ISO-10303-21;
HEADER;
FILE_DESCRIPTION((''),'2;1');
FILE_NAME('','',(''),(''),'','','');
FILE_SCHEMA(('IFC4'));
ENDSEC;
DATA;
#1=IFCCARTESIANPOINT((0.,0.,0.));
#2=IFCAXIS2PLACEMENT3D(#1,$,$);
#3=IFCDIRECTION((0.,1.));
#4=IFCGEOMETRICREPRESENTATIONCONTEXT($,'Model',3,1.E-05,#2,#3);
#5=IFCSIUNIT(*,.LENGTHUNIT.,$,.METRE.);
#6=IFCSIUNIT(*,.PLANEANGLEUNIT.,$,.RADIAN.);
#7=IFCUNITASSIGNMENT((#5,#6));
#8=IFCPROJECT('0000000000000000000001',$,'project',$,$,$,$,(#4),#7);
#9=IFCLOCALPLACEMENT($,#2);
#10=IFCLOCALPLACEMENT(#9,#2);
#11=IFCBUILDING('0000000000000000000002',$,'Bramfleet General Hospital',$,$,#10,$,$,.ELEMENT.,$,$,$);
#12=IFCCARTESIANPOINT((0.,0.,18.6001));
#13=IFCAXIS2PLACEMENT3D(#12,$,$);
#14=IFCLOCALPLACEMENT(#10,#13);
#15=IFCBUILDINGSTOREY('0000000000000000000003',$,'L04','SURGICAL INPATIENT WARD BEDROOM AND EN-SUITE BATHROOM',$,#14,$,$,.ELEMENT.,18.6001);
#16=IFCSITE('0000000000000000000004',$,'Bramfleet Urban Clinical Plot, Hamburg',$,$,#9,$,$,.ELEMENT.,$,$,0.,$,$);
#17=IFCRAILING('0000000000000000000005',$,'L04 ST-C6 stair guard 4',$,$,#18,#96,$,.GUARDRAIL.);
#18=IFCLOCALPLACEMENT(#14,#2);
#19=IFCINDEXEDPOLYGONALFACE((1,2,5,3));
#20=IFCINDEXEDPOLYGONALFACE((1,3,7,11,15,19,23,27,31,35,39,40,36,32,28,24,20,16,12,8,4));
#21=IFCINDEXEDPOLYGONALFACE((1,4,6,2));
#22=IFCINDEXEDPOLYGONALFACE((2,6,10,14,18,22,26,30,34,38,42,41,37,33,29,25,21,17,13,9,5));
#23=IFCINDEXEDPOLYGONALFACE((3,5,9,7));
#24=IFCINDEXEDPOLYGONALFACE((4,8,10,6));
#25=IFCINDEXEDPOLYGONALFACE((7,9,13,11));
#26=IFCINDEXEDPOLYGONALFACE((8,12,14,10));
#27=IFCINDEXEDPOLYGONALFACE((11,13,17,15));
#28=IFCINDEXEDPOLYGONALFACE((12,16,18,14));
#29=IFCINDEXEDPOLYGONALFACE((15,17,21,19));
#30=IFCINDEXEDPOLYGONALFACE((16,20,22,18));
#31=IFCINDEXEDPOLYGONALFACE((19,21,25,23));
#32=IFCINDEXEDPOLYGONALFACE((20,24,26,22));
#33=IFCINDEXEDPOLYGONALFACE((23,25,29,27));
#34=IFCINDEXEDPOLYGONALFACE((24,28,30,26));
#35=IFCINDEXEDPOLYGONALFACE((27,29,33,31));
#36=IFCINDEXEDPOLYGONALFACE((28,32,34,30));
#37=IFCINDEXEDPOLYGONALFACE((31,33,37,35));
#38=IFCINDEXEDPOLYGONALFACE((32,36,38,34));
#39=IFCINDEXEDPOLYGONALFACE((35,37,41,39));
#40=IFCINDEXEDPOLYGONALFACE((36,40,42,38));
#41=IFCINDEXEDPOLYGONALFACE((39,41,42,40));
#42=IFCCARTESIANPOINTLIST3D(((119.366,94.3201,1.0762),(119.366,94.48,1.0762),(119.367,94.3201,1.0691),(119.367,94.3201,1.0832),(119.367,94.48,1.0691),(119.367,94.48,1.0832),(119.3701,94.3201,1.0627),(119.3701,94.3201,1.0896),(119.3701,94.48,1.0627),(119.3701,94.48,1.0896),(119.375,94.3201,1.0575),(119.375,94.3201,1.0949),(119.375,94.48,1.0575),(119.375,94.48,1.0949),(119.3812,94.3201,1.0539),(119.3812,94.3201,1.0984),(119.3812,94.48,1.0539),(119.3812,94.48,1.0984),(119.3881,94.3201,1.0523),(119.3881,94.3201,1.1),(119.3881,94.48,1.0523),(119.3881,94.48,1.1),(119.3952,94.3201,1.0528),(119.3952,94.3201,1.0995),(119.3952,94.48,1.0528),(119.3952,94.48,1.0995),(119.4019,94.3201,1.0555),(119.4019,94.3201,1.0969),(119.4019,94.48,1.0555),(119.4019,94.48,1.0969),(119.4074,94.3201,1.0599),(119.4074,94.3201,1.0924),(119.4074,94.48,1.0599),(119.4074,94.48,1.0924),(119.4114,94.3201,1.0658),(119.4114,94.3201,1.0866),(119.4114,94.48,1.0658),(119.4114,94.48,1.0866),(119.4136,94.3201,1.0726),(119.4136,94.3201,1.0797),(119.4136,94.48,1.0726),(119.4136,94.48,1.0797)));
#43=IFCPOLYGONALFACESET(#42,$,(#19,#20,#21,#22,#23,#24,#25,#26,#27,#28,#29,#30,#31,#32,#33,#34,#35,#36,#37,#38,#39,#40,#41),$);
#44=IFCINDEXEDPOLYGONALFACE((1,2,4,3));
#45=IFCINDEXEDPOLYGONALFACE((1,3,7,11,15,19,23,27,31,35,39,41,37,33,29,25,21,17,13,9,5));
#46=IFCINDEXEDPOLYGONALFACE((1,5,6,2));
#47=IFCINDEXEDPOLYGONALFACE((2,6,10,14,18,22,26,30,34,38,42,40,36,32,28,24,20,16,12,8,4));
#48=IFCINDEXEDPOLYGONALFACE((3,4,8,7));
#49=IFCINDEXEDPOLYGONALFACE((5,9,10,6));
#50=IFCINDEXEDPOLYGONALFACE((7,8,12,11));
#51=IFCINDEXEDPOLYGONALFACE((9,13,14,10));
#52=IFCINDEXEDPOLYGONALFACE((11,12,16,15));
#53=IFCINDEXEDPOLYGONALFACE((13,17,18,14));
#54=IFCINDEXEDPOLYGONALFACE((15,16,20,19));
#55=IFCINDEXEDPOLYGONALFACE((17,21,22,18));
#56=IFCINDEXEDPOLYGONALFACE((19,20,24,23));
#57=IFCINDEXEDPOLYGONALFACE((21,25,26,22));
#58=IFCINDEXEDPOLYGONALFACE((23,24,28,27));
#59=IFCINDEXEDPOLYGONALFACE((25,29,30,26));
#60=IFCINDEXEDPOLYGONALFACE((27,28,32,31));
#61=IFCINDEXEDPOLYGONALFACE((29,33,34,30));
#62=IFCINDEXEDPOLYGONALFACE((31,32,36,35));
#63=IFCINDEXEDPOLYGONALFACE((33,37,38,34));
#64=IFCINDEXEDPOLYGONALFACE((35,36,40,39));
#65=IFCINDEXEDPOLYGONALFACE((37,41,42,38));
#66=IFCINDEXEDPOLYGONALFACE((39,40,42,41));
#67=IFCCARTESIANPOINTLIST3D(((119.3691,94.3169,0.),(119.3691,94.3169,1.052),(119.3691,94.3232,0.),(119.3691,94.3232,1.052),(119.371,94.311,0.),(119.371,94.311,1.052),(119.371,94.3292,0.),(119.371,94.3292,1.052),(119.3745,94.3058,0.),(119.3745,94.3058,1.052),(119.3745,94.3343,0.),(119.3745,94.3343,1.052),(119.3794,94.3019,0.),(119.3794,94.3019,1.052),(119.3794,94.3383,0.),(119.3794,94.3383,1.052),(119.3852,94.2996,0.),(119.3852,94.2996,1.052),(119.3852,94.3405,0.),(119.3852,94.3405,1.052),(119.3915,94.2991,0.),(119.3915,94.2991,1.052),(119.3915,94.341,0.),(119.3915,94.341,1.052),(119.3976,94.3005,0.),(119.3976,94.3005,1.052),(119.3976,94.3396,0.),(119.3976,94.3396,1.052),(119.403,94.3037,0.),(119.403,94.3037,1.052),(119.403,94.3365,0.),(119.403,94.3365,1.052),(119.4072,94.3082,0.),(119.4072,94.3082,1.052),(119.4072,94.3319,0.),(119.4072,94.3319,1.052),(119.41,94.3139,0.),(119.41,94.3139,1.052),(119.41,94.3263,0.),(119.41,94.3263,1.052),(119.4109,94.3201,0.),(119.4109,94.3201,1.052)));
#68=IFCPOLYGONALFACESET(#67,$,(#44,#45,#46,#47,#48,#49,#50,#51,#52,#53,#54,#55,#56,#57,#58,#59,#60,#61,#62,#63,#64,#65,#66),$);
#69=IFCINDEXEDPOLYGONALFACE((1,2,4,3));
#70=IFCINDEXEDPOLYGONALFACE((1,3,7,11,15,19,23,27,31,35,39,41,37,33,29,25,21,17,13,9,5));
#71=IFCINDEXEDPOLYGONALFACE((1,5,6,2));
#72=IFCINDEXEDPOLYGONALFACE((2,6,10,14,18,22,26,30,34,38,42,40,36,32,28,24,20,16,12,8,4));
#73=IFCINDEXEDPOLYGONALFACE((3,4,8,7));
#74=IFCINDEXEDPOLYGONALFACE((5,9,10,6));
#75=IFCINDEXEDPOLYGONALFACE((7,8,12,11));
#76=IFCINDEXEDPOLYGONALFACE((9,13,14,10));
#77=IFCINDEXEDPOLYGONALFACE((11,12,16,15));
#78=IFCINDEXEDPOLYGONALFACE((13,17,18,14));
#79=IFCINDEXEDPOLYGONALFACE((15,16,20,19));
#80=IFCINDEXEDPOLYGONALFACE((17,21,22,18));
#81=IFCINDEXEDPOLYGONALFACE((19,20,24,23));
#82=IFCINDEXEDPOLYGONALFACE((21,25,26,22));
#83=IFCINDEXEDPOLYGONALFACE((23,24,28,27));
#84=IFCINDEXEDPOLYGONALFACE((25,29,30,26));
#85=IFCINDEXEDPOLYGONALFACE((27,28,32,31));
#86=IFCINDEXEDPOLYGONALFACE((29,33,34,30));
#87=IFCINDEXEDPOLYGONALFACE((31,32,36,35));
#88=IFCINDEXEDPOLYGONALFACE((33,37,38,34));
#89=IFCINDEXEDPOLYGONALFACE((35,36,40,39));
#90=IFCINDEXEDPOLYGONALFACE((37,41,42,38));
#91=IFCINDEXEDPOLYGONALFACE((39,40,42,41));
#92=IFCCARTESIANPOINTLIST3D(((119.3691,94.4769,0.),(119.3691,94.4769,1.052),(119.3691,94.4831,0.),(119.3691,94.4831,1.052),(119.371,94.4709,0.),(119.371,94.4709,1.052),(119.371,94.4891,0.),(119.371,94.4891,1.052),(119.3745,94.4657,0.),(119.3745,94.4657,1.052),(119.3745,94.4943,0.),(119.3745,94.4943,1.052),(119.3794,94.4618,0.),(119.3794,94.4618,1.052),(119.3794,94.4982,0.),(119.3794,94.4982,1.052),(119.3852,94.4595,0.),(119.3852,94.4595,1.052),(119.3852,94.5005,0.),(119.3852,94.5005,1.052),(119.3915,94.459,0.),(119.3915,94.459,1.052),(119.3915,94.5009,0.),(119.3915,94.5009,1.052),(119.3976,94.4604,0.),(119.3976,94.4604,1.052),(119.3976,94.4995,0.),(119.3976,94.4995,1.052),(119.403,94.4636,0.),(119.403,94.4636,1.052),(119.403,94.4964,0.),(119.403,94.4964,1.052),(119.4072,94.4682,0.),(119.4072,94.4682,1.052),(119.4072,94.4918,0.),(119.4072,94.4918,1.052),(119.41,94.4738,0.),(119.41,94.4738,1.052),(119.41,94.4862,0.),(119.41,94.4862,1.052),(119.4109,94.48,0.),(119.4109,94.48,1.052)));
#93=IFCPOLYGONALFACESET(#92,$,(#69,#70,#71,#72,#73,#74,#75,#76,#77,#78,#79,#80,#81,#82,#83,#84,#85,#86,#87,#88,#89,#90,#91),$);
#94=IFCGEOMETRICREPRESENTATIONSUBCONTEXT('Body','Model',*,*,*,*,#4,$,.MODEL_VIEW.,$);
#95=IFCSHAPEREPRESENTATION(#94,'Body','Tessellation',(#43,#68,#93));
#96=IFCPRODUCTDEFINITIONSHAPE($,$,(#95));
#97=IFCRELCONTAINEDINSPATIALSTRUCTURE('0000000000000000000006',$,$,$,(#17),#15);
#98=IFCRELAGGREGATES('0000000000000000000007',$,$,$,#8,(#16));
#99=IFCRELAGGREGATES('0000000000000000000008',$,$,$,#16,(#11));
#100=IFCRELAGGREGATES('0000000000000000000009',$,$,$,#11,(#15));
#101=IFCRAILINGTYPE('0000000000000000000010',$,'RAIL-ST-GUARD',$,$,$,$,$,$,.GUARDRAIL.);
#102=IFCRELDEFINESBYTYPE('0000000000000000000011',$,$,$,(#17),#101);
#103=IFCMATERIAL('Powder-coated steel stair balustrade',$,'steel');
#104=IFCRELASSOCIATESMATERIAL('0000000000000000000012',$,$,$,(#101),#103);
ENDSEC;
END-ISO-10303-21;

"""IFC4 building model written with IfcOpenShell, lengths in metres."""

from ifc_helpers import new_model, si_unit, direction, frame, origin, origin_2d, place, context, subcontext, project, spatial, circle, extrude, material, type_object, element, save


model = new_model("IFC4")

# Units and contexts
model_context = context("Model", 3, precision=1e-05, world=origin(), true_north=direction((0.0, 1.0)))
body_context = subcontext(model_context, "Body", "Model", "MODEL_VIEW")
ifc_project = project(units=[si_unit("LENGTHUNIT", "METRE"), si_unit("PLANEANGLEUNIT", "RADIAN")], contexts=[model_context])

# Site, building, storey
site_placement = place(None, origin())
site = spatial("IfcSite", under=ifc_project, at=site_placement, Name="Bramfleet Urban Clinical Plot, Hamburg", CompositionType="ELEMENT", RefElevation=0.0)
building_placement = place(site_placement, origin())
building = spatial("IfcBuilding", under=site, at=building_placement, Name="Bramfleet General Hospital", CompositionType="ELEMENT")
storey_placement = place(building_placement, frame((0.0, 0.0, 18.6001)))
storey = spatial("IfcBuildingStorey", under=building, at=storey_placement, Name="L04", Description="SURGICAL INPATIENT WARD BEDROOM AND EN-SUITE BATHROOM", CompositionType="ELEMENT", Elevation=18.6001)

# Railing
ifc_material_1 = material(Name="Powder-coated steel stair balustrade", Category="steel")
railing_type_1 = type_object("IfcRailingType", Name="RAIL-ST-GUARD", PredefinedType="GUARDRAIL", material=ifc_material_1)
railing_1_placement = place(storey_placement, frame((119.3899, 94.3201, 0.0)))
element("IfcRailing", 1, at=railing_1_placement, inside=storey, type_object=railing_type_1, Name="L04 ST-C6 stair guard 4", PredefinedType="GUARDRAIL", context=body_context, shape_type="SweptSolid", body=[
    extrude(circle(Radius=0.0239, at=origin_2d()), frame((0.0, 0.0, 1.0762), z_axis=(0.0, 1.0, 0.0), x_axis=(-1.0, 0.0, 0.0)), (0.0, 0.0, 1.0), 0.1599),
    extrude(circle(Radius=0.021, at=origin_2d()), origin(), (0.0, 0.0, 1.0), 1.052),
    extrude(circle(Radius=0.021, at=origin_2d()), frame((0.0, 0.1599, 0.0)), (0.0, 0.0, 1.0), 1.052),
])

save(model, "model.ifc")
